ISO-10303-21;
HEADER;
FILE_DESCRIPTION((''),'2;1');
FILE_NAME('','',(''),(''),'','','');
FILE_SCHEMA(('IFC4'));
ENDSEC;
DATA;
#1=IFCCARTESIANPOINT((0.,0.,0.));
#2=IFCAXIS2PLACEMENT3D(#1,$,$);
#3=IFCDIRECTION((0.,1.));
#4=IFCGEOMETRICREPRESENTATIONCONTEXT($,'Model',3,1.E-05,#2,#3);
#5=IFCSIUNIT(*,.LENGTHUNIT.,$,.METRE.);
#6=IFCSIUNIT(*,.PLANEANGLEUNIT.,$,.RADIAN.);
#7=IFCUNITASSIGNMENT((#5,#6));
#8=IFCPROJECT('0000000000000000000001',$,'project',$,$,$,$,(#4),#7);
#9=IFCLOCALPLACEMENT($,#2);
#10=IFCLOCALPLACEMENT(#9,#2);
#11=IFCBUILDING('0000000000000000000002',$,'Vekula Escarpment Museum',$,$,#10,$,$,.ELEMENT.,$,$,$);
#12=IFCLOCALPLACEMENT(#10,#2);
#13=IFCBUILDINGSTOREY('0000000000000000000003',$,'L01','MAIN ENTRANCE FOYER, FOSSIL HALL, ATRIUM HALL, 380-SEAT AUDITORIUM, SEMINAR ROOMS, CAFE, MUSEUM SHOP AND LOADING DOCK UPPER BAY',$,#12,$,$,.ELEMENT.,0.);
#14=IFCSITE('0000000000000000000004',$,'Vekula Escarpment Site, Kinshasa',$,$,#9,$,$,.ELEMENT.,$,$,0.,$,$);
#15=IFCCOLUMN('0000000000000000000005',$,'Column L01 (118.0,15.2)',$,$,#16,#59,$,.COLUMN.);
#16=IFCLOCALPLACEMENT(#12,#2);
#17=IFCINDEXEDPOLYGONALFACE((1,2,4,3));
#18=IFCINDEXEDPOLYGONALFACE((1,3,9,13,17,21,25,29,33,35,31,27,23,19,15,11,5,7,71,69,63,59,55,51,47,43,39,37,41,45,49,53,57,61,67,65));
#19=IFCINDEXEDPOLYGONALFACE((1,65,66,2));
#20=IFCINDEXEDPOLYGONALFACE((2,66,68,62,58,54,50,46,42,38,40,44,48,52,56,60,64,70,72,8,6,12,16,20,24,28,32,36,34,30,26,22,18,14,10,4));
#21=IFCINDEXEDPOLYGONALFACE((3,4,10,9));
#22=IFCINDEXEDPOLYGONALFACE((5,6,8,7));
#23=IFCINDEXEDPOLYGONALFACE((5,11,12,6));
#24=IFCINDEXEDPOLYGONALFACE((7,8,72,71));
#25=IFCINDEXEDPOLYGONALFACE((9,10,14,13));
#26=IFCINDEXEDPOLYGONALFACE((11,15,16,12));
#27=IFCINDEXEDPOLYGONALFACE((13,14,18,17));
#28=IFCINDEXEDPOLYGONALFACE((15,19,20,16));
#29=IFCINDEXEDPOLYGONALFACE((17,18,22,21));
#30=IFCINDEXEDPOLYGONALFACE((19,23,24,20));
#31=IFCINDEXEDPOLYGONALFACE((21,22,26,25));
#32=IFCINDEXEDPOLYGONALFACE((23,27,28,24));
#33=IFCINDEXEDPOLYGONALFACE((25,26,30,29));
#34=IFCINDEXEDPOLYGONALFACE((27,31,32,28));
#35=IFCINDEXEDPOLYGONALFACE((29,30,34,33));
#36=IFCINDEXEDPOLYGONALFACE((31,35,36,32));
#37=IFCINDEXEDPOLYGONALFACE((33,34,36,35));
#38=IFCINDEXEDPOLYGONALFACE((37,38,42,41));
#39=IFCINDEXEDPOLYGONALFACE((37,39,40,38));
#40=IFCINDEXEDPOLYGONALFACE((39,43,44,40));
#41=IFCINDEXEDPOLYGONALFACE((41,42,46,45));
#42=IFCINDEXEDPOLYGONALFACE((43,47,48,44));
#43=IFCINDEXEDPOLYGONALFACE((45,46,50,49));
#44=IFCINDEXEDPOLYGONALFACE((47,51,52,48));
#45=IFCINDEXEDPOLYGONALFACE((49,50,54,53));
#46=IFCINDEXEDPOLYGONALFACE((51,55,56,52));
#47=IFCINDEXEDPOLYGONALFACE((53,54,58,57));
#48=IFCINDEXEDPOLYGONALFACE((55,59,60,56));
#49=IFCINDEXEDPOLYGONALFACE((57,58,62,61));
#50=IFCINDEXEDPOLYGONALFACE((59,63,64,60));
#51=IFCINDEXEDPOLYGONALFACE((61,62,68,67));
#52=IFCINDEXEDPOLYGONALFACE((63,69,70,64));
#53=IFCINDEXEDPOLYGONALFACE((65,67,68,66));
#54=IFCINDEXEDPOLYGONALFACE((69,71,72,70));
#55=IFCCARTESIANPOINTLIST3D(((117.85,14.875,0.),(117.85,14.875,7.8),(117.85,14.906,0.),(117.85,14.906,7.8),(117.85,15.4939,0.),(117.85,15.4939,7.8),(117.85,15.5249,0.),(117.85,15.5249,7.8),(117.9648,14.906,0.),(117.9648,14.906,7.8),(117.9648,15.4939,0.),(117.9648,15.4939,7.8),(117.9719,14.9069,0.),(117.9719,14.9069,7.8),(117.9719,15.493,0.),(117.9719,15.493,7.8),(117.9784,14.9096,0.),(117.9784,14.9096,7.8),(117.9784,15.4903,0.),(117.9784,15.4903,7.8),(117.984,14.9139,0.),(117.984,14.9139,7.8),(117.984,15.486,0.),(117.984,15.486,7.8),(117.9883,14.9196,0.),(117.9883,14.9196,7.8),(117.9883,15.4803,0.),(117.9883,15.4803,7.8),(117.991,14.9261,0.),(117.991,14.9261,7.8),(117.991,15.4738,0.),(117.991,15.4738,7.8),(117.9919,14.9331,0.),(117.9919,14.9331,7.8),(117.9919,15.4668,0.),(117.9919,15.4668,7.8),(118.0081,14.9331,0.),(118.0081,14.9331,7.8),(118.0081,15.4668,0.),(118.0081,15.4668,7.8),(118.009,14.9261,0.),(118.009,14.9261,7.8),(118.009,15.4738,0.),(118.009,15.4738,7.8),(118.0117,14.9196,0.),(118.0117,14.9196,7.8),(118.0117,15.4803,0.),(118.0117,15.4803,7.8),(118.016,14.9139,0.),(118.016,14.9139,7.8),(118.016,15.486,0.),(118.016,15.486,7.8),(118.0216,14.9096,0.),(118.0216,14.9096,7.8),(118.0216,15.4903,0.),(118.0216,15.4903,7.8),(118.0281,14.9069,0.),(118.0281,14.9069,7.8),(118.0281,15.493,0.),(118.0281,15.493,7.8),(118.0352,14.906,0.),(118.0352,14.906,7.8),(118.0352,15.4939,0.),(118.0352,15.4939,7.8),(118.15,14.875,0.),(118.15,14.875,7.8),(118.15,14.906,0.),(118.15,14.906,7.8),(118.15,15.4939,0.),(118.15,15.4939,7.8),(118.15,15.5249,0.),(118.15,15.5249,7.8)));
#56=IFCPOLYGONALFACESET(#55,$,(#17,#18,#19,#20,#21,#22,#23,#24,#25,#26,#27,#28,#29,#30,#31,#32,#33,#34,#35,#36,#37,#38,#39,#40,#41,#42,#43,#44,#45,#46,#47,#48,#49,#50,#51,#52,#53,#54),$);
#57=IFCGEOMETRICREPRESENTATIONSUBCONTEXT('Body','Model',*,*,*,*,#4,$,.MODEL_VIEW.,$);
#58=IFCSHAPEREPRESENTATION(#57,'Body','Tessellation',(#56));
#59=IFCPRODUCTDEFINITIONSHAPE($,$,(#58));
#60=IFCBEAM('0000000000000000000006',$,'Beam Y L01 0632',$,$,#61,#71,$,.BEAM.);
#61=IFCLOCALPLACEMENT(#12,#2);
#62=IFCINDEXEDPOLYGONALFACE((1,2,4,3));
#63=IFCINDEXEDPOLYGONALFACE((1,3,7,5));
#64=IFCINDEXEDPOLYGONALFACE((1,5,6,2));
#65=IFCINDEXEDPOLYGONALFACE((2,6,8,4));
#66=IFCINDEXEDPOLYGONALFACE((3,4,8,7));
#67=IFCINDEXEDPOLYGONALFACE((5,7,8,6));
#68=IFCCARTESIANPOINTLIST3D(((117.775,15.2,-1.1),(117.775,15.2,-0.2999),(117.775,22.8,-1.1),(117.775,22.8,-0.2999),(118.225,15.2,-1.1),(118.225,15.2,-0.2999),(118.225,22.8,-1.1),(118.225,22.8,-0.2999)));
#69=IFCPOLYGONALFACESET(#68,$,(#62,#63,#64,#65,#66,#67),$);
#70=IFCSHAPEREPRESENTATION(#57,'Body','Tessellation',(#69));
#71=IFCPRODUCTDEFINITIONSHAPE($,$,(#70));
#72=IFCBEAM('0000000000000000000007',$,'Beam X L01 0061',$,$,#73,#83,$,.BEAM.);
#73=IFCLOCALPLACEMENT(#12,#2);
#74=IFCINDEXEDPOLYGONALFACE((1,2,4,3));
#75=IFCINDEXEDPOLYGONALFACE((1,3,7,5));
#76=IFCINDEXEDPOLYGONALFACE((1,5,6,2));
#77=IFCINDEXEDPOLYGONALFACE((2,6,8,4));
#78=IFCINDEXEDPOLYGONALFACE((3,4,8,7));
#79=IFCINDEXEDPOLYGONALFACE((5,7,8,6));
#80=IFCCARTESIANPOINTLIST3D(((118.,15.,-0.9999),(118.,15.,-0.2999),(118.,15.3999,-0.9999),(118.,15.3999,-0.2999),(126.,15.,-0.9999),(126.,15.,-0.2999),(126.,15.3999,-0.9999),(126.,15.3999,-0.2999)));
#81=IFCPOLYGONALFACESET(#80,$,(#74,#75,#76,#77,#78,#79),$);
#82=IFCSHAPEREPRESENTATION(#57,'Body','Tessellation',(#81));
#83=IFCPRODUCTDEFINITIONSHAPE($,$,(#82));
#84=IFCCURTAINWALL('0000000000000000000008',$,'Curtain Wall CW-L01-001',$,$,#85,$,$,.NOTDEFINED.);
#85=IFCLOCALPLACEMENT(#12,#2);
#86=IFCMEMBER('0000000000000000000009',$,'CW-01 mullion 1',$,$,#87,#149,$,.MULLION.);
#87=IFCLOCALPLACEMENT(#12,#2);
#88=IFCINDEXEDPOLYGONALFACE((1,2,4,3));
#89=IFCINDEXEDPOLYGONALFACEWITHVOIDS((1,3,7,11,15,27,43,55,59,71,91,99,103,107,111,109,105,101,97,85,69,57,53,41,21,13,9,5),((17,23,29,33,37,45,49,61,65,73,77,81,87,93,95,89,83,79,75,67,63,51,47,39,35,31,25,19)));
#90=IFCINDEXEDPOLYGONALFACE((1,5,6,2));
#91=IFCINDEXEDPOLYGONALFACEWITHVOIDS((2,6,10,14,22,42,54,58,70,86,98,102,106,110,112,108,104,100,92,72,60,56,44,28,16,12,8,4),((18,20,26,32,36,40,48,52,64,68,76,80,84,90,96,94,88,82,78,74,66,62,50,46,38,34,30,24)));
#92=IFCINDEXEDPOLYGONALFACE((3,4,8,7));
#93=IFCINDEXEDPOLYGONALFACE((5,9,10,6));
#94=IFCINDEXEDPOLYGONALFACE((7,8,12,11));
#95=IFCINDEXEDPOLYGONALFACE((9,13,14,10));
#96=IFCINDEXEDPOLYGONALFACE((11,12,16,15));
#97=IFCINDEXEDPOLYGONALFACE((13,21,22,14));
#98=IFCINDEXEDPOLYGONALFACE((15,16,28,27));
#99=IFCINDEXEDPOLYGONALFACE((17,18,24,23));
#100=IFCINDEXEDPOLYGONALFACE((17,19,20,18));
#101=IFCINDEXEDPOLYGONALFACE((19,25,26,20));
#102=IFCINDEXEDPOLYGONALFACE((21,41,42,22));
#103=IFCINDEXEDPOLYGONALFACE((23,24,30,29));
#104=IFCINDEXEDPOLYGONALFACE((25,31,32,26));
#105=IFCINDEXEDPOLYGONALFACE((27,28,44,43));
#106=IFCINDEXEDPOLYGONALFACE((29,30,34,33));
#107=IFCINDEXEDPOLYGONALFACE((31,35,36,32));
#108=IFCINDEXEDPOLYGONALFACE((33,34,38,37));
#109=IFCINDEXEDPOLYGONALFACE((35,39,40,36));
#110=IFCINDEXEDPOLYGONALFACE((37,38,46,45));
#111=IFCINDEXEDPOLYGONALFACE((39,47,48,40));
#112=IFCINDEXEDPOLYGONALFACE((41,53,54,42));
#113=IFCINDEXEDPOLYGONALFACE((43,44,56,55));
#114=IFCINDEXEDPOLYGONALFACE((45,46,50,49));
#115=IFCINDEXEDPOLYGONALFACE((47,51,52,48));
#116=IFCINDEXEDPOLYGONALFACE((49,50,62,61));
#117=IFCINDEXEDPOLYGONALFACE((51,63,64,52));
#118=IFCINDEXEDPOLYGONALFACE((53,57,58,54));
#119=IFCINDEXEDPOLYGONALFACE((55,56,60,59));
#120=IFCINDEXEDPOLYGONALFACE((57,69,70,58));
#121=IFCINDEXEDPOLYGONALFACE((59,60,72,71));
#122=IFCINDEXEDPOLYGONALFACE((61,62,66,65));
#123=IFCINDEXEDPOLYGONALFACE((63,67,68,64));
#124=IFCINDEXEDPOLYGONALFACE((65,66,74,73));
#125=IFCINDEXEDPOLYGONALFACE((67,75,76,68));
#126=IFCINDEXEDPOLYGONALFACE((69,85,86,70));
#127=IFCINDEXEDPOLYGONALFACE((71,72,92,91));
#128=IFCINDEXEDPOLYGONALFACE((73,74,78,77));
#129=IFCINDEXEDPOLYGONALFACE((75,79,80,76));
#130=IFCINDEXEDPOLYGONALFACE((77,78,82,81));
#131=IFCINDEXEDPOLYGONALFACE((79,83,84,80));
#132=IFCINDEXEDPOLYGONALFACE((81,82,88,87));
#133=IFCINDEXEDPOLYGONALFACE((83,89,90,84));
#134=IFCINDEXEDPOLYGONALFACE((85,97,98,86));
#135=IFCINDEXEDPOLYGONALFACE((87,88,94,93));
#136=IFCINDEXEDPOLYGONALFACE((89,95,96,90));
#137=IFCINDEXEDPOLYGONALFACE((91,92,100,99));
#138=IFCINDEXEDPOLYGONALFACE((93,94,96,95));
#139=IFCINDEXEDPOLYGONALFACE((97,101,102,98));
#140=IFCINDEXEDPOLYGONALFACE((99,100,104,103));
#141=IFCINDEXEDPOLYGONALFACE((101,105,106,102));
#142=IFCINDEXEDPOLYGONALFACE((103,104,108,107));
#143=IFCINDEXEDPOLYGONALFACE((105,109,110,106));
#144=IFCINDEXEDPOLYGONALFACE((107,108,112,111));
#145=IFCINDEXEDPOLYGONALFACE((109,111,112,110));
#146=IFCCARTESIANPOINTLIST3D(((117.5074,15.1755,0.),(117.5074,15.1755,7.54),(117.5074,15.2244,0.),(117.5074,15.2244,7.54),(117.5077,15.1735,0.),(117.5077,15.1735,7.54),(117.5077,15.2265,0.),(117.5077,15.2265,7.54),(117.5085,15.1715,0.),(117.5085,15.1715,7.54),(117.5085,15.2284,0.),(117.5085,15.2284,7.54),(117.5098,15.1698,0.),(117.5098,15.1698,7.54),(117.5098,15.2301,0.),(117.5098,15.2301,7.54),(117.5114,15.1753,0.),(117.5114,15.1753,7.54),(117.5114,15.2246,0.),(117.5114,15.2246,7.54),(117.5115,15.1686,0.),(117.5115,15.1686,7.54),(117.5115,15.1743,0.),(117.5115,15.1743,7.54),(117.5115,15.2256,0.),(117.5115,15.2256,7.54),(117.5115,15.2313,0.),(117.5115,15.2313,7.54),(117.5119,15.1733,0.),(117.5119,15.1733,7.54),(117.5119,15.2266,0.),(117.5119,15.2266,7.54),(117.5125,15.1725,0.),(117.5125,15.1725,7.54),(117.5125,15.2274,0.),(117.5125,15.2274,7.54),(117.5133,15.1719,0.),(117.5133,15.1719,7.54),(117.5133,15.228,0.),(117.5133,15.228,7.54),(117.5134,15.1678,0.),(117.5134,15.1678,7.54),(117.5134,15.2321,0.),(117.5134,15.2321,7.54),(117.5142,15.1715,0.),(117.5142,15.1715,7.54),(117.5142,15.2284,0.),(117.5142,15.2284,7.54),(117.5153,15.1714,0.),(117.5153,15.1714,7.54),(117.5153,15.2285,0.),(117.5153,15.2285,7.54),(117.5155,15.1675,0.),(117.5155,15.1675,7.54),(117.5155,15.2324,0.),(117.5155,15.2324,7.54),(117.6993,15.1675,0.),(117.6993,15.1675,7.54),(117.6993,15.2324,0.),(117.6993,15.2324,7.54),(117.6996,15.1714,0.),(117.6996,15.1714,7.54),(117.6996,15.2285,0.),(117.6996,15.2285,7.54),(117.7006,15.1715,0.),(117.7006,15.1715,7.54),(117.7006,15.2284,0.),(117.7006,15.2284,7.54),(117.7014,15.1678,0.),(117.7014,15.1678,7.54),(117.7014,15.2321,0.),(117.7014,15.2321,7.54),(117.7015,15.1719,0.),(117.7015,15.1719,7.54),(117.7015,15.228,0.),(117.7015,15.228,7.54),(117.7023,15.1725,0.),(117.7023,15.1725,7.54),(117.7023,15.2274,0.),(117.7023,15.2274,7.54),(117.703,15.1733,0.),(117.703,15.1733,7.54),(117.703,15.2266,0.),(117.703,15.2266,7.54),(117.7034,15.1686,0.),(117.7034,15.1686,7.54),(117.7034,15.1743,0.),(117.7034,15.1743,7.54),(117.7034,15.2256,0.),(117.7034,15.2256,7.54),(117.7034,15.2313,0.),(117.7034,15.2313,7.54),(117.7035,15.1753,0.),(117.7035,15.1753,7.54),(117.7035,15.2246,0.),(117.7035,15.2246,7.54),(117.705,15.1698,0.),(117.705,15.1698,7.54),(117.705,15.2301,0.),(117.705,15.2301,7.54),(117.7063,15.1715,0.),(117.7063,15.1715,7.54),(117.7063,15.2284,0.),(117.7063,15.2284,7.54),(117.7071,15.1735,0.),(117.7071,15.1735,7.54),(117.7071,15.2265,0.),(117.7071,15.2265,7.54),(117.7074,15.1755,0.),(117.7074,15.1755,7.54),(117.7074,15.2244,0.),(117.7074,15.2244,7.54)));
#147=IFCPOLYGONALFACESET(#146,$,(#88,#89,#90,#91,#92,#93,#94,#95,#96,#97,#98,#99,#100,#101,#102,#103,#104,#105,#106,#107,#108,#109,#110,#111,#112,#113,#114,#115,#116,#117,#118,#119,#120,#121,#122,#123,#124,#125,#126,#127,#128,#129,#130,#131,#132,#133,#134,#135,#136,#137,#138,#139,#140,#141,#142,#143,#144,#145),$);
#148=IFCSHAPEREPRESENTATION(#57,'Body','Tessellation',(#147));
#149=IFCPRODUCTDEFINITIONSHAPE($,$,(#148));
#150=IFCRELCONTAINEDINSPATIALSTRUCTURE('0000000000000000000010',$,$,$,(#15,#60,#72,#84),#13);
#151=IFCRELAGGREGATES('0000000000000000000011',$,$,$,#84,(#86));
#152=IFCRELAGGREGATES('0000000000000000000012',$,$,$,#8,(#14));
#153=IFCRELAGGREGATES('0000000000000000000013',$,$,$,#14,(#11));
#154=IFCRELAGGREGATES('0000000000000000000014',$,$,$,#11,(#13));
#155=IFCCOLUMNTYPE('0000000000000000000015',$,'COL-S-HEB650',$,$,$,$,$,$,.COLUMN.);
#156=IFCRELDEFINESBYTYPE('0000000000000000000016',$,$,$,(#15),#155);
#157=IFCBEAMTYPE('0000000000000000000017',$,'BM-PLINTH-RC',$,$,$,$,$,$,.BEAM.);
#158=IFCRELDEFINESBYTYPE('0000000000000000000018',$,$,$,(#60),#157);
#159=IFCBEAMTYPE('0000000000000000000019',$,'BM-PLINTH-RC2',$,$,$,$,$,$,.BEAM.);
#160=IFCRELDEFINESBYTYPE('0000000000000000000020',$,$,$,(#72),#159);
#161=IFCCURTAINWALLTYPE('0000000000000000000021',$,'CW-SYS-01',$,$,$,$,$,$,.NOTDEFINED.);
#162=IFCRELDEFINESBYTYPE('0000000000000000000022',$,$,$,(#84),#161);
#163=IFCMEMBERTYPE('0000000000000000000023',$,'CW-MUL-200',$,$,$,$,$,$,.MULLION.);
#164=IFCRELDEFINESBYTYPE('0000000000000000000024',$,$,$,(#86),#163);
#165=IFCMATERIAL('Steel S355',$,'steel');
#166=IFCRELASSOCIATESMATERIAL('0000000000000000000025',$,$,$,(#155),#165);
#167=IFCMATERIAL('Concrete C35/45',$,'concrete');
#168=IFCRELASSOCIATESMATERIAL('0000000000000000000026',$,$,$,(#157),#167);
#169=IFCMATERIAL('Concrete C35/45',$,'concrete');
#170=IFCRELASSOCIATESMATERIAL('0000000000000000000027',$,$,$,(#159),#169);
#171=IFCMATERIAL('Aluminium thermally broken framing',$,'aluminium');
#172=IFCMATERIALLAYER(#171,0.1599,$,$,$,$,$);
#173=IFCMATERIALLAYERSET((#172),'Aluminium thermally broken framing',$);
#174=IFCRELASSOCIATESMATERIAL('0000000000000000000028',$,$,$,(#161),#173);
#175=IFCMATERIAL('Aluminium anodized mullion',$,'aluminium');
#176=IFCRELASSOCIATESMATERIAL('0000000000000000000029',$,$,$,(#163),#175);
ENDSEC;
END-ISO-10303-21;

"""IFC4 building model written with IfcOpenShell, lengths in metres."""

from ifc_helpers import new_model, si_unit, direction, frame, origin, origin_2d, place, context, subcontext, project, spatial, rectangle, hollow_rectangle, i_section, extrude, material, layer, layer_set, material_profile, profile_set, type_object, element, aggregate, save


model = new_model("IFC4")

# Units and contexts
model_context = context("Model", 3, precision=1e-05, world=origin(), true_north=direction((0.0, 1.0)))
body_context = subcontext(model_context, "Body", "Model", "MODEL_VIEW")
ifc_project = project(units=[si_unit("LENGTHUNIT", "METRE"), si_unit("PLANEANGLEUNIT", "RADIAN")], contexts=[model_context])

# Site, building, storey
site_placement = place(None, origin())
site = spatial("IfcSite", under=ifc_project, at=site_placement, Name="Vekula Escarpment Site, Kinshasa", CompositionType="ELEMENT", RefElevation=0.0)
building_placement = place(site_placement, origin())
building = spatial("IfcBuilding", under=site, at=building_placement, Name="Vekula Escarpment Museum", CompositionType="ELEMENT")
storey_placement = place(building_placement, origin())
storey = spatial("IfcBuildingStorey", under=building, at=storey_placement, Name="L01", Description="MAIN ENTRANCE FOYER, FOSSIL HALL, ATRIUM HALL, 380-SEAT AUDITORIUM, SEMINAR ROOMS, CAFE, MUSEUM SHOP AND LOADING DOCK UPPER BAY", CompositionType="ELEMENT", Elevation=0.0)

# Column
ifc_material_1 = material(Name="Steel S355", Category="steel")
ifc_material_profile_1 = material_profile(ifc_material_1, i_section(OverallWidth=0.3, OverallDepth=0.6499, WebThickness=0.0161, FlangeThickness=0.031, FilletRadius=0.0271, at=origin_2d()), Name="HEB 650")
ifc_profile_set_1 = profile_set([ifc_material_profile_1], Name="Steel S355")
column_type = type_object("IfcColumnType", Name="COL-S-HEB650", PredefinedType="COLUMN", material=ifc_profile_set_1)
column_placement = place(storey_placement, frame((118.0, 15.2, 0.0), z_axis=(0.0, 0.0, 1.0), x_axis=(1.0, 0.0, 0.0)))
element("IfcColumn", 1, at=column_placement, inside=storey, type_object=column_type, Name="Column L01 (118.0,15.2)", PredefinedType="COLUMN", context=body_context, shape_type="SweptSolid", body=[
    extrude(i_section(OverallWidth=0.3, OverallDepth=0.6499, WebThickness=0.0161, FlangeThickness=0.031, FilletRadius=0.0271, at=origin_2d()), origin(), (0.0, 0.0, 1.0), 7.8),
])

# Beams
ifc_material_2 = material(Name="Concrete C35/45", Category="concrete")
ifc_material_profile_2 = material_profile(ifc_material_2, rectangle(XDim=0.45, YDim=0.8, at=origin_2d()), Name="RC 450x800")
ifc_profile_set_2 = profile_set([ifc_material_profile_2], Name="Concrete C35/45")
beam_type_1 = type_object("IfcBeamType", Name="BM-PLINTH-RC", PredefinedType="BEAM", material=ifc_profile_set_2)
beam_1_placement = place(storey_placement, frame((118.0, 15.2, -0.7), z_axis=(0.0, 1.0, 0.0), x_axis=(-1.0, 0.0, 0.0)))
element("IfcBeam", 2, at=beam_1_placement, inside=storey, type_object=beam_type_1, Name="Beam Y L01 0632", PredefinedType="BEAM", context=body_context, shape_type="SweptSolid", body=[
    extrude(rectangle(XDim=0.45, YDim=0.8, at=origin_2d()), origin(), (0.0, 0.0, 1.0), 7.6001),
])
ifc_material_3 = material(Name="Concrete C35/45", Category="concrete")
ifc_material_profile_3 = material_profile(ifc_material_3, rectangle(XDim=0.3999, YDim=0.7, at=origin_2d()), Name="RC 400x700")
ifc_profile_set_3 = profile_set([ifc_material_profile_3], Name="Concrete C35/45")
beam_type_2 = type_object("IfcBeamType", Name="BM-PLINTH-RC2", PredefinedType="BEAM", material=ifc_profile_set_3)
beam_2_placement = place(storey_placement, frame((118.0, 15.2, -0.6499), z_axis=(1.0, 0.0, 0.0), x_axis=(0.0, 1.0, 0.0)))
element("IfcBeam", 3, at=beam_2_placement, inside=storey, type_object=beam_type_2, Name="Beam X L01 0061", PredefinedType="BEAM", context=body_context, shape_type="SweptSolid", body=[
    extrude(rectangle(XDim=0.3999, YDim=0.7, at=origin_2d()), origin(), (0.0, 0.0, 1.0), 8.0),
])

# Curtain wall, member
ifc_material_4 = material(Name="Aluminium thermally broken framing", Category="aluminium")
ifc_layer_1 = layer(ifc_material_4, 0.1599)
ifc_layer_set_1 = layer_set([ifc_layer_1], Name="Aluminium thermally broken framing")
curtain_wall_type = type_object("IfcCurtainWallType", Name="CW-SYS-01", PredefinedType="NOTDEFINED", material=ifc_layer_set_1)
curtain_wall_placement = place(storey_placement, origin())
curtain_wall = element("IfcCurtainWall", 4, at=curtain_wall_placement, inside=storey, type_object=curtain_wall_type, Name="Curtain Wall CW-L01-001", PredefinedType="NOTDEFINED")
ifc_material_5 = material(Name="Aluminium anodized mullion", Category="aluminium")
ifc_material_profile_4 = material_profile(ifc_material_5, hollow_rectangle(XDim=0.0649, YDim=0.2, WallThickness=0.0039, InnerFilletRadius=0.0039, OuterFilletRadius=0.0081, at=origin_2d()), Name="ALU 200x65x4")
ifc_profile_set_4 = profile_set([ifc_material_profile_4], Name="Aluminium anodized mullion")
member_type_1 = type_object("IfcMemberType", Name="CW-MUL-200", PredefinedType="MULLION", material=ifc_profile_set_4)
member_1_placement = place(storey_placement, frame((117.6074, 15.2, 0.0), z_axis=(0.0, 0.0, 1.0), x_axis=(0.0, -1.0, 0.0)))
member_1 = element("IfcMember", 5, at=member_1_placement, type_object=member_type_1, Name="CW-01 mullion 1", PredefinedType="MULLION", context=body_context, shape_type="SweptSolid", body=[
    extrude(hollow_rectangle(XDim=0.0649, YDim=0.2, WallThickness=0.0039, InnerFilletRadius=0.0039, OuterFilletRadius=0.0081, at=origin_2d()), origin(), (0.0, 0.0, 1.0), 7.54),
])
aggregate(curtain_wall, [member_1])

save(model, "model.ifc")
